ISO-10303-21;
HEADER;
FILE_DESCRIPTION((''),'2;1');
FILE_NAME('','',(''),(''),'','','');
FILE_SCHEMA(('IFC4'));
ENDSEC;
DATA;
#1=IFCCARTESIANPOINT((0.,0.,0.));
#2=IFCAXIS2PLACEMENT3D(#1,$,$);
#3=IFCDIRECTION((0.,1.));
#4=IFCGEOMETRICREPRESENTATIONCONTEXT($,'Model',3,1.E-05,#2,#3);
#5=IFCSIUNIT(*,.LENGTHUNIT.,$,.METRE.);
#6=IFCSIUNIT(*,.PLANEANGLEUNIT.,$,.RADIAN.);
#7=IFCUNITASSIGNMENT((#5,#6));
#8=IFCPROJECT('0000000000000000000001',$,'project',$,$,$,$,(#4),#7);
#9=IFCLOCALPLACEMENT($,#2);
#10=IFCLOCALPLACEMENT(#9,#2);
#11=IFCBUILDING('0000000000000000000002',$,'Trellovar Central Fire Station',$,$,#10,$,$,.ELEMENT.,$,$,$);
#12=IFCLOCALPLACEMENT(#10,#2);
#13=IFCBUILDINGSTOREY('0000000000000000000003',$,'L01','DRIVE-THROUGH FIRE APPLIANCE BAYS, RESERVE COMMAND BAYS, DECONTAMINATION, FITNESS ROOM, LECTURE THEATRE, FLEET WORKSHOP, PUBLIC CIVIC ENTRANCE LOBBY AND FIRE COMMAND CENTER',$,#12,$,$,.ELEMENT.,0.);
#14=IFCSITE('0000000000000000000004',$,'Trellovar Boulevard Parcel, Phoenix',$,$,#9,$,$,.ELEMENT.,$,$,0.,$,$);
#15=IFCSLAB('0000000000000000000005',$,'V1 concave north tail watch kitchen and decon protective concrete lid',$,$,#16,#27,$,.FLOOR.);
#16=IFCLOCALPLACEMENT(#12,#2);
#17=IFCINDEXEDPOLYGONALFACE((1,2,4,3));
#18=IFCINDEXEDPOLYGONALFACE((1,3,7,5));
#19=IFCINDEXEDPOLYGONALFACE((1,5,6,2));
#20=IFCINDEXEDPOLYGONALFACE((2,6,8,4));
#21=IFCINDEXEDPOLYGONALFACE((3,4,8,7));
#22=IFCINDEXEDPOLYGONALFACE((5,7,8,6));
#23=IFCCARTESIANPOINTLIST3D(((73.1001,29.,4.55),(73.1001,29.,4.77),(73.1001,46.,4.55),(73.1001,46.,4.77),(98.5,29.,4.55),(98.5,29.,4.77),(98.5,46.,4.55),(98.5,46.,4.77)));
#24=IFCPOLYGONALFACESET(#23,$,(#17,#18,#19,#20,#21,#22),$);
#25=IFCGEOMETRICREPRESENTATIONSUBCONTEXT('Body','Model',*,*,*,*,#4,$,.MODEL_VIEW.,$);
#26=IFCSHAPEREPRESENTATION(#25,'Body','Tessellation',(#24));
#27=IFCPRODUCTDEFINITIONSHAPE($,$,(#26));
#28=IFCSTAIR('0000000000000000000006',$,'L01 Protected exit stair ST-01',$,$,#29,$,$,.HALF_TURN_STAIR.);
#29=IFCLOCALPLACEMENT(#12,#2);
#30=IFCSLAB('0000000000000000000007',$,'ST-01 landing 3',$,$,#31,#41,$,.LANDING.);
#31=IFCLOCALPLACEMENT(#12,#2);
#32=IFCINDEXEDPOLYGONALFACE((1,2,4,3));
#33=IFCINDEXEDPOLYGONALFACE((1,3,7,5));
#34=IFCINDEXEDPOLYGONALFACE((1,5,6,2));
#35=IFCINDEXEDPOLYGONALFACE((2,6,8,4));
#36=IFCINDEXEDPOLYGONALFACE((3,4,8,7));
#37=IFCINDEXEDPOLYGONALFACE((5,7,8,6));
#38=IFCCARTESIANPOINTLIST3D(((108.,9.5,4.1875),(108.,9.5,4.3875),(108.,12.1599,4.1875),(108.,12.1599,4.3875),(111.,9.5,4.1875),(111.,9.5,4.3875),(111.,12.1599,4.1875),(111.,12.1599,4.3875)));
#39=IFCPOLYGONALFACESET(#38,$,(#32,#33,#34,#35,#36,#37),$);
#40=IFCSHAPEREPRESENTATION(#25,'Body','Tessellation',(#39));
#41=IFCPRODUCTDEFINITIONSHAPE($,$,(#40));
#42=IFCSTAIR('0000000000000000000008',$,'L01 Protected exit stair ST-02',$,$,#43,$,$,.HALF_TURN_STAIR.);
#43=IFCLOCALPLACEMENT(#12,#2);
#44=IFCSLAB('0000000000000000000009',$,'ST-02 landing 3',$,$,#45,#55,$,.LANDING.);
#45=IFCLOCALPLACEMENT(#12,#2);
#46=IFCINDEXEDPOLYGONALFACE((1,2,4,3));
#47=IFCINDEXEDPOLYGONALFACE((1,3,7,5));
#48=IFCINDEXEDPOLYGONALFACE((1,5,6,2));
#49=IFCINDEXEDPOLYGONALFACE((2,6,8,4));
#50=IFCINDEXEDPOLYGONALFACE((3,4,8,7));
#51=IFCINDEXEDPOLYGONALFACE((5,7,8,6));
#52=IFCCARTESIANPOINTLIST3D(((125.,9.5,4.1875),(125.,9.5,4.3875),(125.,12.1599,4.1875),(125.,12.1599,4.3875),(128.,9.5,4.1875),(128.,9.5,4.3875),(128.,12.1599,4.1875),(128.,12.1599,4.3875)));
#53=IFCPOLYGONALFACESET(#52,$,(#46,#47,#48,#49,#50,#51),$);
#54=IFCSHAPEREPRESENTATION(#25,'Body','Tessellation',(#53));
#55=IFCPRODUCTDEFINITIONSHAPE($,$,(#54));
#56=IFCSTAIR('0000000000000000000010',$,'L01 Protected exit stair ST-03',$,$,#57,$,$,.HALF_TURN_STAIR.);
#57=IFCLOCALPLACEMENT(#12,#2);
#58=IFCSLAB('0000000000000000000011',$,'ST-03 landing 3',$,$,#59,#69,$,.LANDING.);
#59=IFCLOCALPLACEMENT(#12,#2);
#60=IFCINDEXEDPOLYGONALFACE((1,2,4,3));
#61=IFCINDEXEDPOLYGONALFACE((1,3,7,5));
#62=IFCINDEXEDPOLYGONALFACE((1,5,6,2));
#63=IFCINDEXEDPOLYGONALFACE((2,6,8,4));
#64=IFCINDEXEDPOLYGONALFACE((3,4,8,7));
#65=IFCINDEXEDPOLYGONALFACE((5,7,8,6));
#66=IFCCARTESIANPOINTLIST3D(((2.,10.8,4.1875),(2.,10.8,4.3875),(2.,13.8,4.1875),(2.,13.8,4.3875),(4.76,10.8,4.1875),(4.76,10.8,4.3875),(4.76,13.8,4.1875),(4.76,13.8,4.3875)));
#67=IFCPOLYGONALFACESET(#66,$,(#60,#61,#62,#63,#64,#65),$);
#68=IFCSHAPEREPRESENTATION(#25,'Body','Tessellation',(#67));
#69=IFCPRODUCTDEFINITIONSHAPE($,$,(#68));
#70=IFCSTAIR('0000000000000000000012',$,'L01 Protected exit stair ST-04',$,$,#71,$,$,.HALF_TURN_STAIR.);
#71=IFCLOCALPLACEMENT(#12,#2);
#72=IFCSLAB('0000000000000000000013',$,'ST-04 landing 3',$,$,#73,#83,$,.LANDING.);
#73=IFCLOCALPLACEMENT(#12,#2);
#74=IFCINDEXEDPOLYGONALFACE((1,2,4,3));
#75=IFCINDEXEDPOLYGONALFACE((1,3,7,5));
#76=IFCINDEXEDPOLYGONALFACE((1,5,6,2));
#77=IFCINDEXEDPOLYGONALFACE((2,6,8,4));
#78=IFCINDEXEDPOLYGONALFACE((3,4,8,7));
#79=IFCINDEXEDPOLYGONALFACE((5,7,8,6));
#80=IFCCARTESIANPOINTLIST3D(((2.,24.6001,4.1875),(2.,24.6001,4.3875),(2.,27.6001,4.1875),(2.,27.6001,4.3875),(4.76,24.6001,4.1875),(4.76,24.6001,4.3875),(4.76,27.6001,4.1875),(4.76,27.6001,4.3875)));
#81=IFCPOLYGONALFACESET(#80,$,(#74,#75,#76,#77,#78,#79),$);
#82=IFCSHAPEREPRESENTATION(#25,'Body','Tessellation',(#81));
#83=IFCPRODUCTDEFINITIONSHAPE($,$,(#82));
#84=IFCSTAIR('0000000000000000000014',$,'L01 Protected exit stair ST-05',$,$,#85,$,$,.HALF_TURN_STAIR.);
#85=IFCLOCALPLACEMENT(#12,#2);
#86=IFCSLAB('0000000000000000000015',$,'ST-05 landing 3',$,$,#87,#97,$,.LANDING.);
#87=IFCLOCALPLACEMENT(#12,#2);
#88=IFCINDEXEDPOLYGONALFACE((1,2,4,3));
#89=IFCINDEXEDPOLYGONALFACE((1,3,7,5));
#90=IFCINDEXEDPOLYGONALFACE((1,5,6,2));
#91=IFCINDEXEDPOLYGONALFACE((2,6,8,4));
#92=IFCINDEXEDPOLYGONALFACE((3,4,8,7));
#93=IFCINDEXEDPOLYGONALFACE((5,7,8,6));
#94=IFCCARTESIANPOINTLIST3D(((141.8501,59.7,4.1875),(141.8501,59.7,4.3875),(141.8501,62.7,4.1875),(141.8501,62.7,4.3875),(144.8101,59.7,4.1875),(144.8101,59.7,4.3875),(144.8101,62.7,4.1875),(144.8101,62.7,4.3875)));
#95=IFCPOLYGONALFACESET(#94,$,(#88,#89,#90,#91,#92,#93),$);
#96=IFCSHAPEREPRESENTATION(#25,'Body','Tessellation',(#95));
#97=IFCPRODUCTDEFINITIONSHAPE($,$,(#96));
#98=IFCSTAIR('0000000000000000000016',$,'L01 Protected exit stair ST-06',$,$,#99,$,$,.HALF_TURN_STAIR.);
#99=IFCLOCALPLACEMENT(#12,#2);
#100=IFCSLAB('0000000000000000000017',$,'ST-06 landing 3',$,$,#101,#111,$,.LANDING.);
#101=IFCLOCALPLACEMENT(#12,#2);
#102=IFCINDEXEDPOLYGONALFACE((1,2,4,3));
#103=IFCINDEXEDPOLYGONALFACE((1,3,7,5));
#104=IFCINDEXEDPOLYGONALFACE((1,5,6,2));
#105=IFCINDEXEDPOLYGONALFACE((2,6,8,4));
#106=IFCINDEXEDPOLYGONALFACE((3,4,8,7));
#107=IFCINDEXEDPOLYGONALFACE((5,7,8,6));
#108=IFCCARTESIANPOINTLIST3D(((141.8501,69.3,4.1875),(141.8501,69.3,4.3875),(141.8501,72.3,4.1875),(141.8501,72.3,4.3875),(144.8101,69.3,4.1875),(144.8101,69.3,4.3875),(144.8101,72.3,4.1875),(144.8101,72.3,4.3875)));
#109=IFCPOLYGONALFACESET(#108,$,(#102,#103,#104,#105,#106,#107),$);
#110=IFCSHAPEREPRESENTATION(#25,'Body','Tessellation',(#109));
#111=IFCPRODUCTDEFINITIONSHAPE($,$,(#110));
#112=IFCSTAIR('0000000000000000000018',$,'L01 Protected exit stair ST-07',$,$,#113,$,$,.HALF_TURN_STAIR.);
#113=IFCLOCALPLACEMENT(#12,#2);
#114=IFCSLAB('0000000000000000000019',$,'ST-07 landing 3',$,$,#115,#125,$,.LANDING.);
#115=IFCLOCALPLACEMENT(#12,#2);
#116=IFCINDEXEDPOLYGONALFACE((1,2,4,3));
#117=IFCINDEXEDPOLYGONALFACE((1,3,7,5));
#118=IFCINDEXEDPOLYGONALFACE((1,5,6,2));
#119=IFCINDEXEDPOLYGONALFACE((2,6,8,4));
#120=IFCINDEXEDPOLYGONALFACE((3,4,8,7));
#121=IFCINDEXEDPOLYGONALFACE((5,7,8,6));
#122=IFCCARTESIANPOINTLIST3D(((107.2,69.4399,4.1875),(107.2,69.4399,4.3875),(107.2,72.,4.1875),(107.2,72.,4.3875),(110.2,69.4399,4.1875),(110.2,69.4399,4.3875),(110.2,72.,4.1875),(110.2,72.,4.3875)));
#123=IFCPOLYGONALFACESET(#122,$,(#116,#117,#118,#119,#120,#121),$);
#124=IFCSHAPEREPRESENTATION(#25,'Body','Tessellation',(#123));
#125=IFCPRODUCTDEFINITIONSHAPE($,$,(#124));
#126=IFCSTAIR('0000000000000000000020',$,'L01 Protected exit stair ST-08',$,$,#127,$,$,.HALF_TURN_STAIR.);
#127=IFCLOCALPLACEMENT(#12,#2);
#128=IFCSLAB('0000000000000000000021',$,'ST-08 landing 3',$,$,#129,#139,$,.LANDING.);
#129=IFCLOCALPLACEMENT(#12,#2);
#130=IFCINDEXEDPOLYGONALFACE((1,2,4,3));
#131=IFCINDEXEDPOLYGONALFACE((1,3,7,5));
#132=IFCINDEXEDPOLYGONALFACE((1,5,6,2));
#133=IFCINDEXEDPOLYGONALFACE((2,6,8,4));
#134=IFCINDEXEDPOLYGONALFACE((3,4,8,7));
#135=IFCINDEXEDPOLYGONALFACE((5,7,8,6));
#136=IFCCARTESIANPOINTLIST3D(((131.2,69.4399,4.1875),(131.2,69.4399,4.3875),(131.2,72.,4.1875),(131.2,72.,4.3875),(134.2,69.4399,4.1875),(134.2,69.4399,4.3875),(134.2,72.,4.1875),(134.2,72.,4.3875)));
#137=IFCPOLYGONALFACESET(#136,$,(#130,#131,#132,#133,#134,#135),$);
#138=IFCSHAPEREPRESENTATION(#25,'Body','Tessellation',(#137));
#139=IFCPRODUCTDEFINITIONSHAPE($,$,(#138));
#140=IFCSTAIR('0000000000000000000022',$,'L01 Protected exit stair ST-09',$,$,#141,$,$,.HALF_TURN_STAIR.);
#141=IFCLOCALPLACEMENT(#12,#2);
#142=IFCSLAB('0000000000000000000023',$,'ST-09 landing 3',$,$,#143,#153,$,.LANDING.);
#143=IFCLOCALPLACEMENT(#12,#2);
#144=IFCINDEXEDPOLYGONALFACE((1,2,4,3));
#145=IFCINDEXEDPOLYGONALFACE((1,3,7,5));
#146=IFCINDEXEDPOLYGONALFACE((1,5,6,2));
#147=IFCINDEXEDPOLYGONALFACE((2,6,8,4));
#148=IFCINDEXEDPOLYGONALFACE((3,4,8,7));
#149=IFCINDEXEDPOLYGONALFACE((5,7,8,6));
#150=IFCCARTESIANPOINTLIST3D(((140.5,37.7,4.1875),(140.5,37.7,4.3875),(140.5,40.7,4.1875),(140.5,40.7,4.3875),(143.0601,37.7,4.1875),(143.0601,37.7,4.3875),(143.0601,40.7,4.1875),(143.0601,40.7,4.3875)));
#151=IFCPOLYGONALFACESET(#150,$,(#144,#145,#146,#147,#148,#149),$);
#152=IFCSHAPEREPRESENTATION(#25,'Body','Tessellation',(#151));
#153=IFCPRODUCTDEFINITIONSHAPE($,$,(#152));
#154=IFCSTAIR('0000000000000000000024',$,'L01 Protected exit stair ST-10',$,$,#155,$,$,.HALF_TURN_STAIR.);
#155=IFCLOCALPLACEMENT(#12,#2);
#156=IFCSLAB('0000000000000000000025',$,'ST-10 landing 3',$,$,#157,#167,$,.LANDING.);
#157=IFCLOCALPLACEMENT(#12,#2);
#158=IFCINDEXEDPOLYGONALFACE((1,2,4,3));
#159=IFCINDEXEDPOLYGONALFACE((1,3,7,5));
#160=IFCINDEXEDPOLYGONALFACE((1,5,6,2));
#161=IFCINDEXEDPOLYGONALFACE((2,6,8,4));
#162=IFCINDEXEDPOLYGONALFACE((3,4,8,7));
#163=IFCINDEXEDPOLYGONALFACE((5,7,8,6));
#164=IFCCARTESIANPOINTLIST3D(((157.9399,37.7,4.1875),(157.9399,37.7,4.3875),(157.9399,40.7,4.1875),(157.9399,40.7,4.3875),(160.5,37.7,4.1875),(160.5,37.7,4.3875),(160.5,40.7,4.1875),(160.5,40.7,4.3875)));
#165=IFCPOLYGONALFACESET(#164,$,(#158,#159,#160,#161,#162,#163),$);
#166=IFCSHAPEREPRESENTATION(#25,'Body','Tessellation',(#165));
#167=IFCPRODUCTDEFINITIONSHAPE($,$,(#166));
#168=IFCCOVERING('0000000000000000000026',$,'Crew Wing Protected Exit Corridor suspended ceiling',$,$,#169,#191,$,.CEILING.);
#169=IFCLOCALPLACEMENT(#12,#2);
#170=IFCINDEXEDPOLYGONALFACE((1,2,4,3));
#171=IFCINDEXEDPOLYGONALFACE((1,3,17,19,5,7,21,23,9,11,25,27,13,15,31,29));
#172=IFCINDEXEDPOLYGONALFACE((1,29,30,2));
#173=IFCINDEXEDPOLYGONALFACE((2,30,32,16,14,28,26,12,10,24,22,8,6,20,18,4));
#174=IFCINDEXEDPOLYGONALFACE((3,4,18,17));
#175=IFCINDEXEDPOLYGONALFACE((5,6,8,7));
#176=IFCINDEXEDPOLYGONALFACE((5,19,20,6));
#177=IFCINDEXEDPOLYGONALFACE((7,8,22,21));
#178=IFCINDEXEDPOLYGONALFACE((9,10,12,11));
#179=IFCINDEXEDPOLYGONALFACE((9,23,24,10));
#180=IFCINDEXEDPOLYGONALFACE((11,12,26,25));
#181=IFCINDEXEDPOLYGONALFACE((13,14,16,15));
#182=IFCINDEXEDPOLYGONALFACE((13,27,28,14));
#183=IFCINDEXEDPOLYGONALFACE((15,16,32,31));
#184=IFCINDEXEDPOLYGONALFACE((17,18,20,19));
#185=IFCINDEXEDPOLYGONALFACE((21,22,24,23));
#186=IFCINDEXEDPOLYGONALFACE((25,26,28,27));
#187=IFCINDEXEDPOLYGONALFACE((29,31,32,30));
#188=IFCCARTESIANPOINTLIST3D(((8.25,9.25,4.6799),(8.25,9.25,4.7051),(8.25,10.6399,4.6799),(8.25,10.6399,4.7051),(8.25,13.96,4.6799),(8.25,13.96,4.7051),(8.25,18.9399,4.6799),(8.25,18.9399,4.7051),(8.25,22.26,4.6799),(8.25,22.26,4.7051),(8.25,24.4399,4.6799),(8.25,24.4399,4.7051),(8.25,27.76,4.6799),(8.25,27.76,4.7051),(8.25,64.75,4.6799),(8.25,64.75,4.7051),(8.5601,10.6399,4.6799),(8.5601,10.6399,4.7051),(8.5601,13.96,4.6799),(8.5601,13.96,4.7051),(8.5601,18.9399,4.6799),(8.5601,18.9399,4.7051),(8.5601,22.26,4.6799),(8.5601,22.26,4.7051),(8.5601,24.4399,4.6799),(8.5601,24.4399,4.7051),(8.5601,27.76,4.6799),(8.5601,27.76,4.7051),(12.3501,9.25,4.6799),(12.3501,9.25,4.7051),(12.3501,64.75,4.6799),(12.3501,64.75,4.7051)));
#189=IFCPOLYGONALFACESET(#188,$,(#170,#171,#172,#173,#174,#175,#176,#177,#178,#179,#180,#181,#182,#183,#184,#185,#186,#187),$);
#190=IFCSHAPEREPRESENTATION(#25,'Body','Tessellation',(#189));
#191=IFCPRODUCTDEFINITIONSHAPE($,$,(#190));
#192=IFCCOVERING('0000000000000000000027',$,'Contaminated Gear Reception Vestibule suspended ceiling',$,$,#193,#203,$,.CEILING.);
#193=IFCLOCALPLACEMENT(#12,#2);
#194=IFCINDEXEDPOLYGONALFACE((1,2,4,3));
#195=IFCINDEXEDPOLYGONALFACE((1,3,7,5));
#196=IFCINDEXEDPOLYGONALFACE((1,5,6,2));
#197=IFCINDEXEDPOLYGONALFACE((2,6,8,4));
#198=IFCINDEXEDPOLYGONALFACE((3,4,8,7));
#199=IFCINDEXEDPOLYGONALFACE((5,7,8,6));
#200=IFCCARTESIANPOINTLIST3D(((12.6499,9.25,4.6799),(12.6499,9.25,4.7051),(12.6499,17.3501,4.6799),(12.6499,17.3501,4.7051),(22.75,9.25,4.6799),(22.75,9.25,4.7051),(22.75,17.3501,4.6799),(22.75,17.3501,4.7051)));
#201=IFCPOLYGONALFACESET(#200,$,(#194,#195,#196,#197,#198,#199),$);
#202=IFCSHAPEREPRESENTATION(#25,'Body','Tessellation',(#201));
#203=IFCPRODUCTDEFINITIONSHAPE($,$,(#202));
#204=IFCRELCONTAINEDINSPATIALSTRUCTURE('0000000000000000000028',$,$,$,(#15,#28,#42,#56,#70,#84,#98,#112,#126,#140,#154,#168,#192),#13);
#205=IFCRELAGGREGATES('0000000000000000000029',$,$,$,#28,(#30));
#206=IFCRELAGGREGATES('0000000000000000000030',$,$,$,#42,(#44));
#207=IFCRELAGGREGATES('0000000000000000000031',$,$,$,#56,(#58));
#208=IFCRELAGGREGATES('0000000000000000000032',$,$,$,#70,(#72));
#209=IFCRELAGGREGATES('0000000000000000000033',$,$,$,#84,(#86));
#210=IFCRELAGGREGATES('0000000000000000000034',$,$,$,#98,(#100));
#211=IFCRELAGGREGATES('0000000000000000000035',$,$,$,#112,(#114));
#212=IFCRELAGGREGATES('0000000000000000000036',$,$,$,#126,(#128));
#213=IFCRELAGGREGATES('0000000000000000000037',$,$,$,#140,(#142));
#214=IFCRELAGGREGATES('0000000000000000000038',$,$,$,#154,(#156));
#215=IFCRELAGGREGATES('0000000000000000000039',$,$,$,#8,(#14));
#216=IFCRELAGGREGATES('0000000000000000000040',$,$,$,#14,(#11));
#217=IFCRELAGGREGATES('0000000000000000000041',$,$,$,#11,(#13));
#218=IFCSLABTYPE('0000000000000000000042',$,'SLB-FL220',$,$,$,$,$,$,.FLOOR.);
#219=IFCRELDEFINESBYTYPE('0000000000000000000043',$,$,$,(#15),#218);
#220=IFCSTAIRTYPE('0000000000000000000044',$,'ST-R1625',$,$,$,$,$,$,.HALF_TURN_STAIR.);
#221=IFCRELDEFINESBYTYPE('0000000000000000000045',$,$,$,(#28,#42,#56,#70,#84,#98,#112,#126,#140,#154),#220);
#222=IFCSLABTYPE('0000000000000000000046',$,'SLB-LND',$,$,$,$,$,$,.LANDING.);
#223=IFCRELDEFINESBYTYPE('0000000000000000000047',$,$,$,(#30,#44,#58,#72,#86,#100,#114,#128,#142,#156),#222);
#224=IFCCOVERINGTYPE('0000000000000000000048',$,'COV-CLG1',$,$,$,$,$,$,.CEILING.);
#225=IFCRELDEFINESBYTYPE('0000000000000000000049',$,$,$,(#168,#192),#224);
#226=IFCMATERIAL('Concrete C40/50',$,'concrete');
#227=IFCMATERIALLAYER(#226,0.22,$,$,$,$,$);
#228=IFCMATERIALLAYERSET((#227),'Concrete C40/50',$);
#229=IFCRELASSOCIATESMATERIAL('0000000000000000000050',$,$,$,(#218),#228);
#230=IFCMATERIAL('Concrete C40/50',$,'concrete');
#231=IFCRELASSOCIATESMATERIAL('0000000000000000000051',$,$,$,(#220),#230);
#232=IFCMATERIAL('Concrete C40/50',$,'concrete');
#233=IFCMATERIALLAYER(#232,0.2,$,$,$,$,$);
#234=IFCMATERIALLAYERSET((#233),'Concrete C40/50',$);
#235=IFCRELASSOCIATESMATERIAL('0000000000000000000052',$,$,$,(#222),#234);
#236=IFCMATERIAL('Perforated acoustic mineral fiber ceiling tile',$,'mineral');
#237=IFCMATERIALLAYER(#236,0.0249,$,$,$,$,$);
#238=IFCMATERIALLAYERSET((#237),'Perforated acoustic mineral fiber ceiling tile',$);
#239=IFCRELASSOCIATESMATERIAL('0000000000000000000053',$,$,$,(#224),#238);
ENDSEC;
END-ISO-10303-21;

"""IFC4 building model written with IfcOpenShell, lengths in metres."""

from ifc_helpers import new_model, si_unit, direction, frame, origin, place, context, subcontext, project, spatial, polyline, outline, extrude, material, layer, layer_set, type_object, element, aggregate, save


model = new_model("IFC4")

# Units and contexts
model_context = context("Model", 3, precision=1e-05, world=origin(), true_north=direction((0.0, 1.0)))
body_context = subcontext(model_context, "Body", "Model", "MODEL_VIEW")
ifc_project = project(units=[si_unit("LENGTHUNIT", "METRE"), si_unit("PLANEANGLEUNIT", "RADIAN")], contexts=[model_context])

# Site, building, storey
site_placement = place(None, origin())
site = spatial("IfcSite", under=ifc_project, at=site_placement, Name="Trellovar Boulevard Parcel, Phoenix", CompositionType="ELEMENT", RefElevation=0.0)
building_placement = place(site_placement, origin())
building = spatial("IfcBuilding", under=site, at=building_placement, Name="Trellovar Central Fire Station", CompositionType="ELEMENT")
storey_placement = place(building_placement, origin())
storey = spatial("IfcBuildingStorey", under=building, at=storey_placement, Name="L01", Description="DRIVE-THROUGH FIRE APPLIANCE BAYS, RESERVE COMMAND BAYS, DECONTAMINATION, FITNESS ROOM, LECTURE THEATRE, FLEET WORKSHOP, PUBLIC CIVIC ENTRANCE LOBBY AND FIRE COMMAND CENTER", CompositionType="ELEMENT", Elevation=0.0)

# Slab
ifc_material_1 = material(Name="Concrete C40/50", Category="concrete")
ifc_layer_1 = layer(ifc_material_1, 0.22)
ifc_layer_set_1 = layer_set([ifc_layer_1], Name="Concrete C40/50")
slab_type_1 = type_object("IfcSlabType", Name="SLB-FL220", PredefinedType="FLOOR", material=ifc_layer_set_1)
slab_1_placement = place(storey_placement, frame((0.0, 0.0, 4.55)))
element("IfcSlab", 1, at=slab_1_placement, inside=storey, type_object=slab_type_1, Name="V1 concave north tail watch kitchen and decon protective concrete lid", PredefinedType="FLOOR", context=body_context, shape_type="SweptSolid", body=[
    extrude(outline(polyline([(73.1001, 29.0), (98.5, 29.0), (98.5, 46.0), (73.1001, 46.0), (73.1001, 29.0)])), origin(), (0.0, 0.0, 1.0), 0.22),
])

# Stairs, slabs
ifc_material_2 = material(Name="Concrete C40/50", Category="concrete")
stair_type = type_object("IfcStairType", Name="ST-R1625", PredefinedType="HALF_TURN_STAIR", material=ifc_material_2)
stair_1_placement = place(storey_placement, origin())
stair_1 = element("IfcStair", 2, at=stair_1_placement, inside=storey, type_object=stair_type, Name="L01 Protected exit stair ST-01", PredefinedType="HALF_TURN_STAIR")
ifc_material_3 = material(Name="Concrete C40/50", Category="concrete")
ifc_layer_2 = layer(ifc_material_3, 0.2)
ifc_layer_set_2 = layer_set([ifc_layer_2], Name="Concrete C40/50")
slab_type_2 = type_object("IfcSlabType", Name="SLB-LND", PredefinedType="LANDING", material=ifc_layer_set_2)
slab_2_placement = place(storey_placement, frame((0.0, 0.0, 4.1875)))
slab_2 = element("IfcSlab", 3, at=slab_2_placement, type_object=slab_type_2, Name="ST-01 landing 3", PredefinedType="LANDING", context=body_context, shape_type="SweptSolid", body=[
    extrude(outline(polyline([(108.0, 12.1599), (108.0, 9.5), (111.0, 9.5), (111.0, 12.1599), (108.0, 12.1599)])), origin(), (0.0, 0.0, 1.0), 0.2),
])
aggregate(stair_1, [slab_2])
stair_2_placement = place(storey_placement, origin())
stair_2 = element("IfcStair", 4, at=stair_2_placement, inside=storey, type_object=stair_type, Name="L01 Protected exit stair ST-02", PredefinedType="HALF_TURN_STAIR")
slab_3_placement = place(storey_placement, frame((0.0, 0.0, 4.1875)))
slab_3 = element("IfcSlab", 5, at=slab_3_placement, type_object=slab_type_2, Name="ST-02 landing 3", PredefinedType="LANDING", context=body_context, shape_type="SweptSolid", body=[
    extrude(outline(polyline([(125.0, 12.1599), (125.0, 9.5), (128.0, 9.5), (128.0, 12.1599), (125.0, 12.1599)])), origin(), (0.0, 0.0, 1.0), 0.2),
])
aggregate(stair_2, [slab_3])
stair_3_placement = place(storey_placement, origin())
stair_3 = element("IfcStair", 6, at=stair_3_placement, inside=storey, type_object=stair_type, Name="L01 Protected exit stair ST-03", PredefinedType="HALF_TURN_STAIR")
slab_4_placement = place(storey_placement, frame((0.0, 0.0, 4.1875)))
slab_4 = element("IfcSlab", 7, at=slab_4_placement, type_object=slab_type_2, Name="ST-03 landing 3", PredefinedType="LANDING", context=body_context, shape_type="SweptSolid", body=[
    extrude(outline(polyline([(4.76, 13.8), (2.0, 13.8), (2.0, 10.8), (4.76, 10.8), (4.76, 13.8)])), origin(), (0.0, 0.0, 1.0), 0.2),
])
aggregate(stair_3, [slab_4])
stair_4_placement = place(storey_placement, origin())
stair_4 = element("IfcStair", 8, at=stair_4_placement, inside=storey, type_object=stair_type, Name="L01 Protected exit stair ST-04", PredefinedType="HALF_TURN_STAIR")
slab_5_placement = place(storey_placement, frame((0.0, 0.0, 4.1875)))
slab_5 = element("IfcSlab", 9, at=slab_5_placement, type_object=slab_type_2, Name="ST-04 landing 3", PredefinedType="LANDING", context=body_context, shape_type="SweptSolid", body=[
    extrude(outline(polyline([(4.76, 27.6001), (2.0, 27.6001), (2.0, 24.6001), (4.76, 24.6001), (4.76, 27.6001)])), origin(), (0.0, 0.0, 1.0), 0.2),
])
aggregate(stair_4, [slab_5])
stair_5_placement = place(storey_placement, origin())
stair_5 = element("IfcStair", 10, at=stair_5_placement, inside=storey, type_object=stair_type, Name="L01 Protected exit stair ST-05", PredefinedType="HALF_TURN_STAIR")
slab_6_placement = place(storey_placement, frame((0.0, 0.0, 4.1875)))
slab_6 = element("IfcSlab", 11, at=slab_6_placement, type_object=slab_type_2, Name="ST-05 landing 3", PredefinedType="LANDING", context=body_context, shape_type="SweptSolid", body=[
    extrude(outline(polyline([(144.8101, 62.7), (141.8501, 62.7), (141.8501, 59.7), (144.8101, 59.7), (144.8101, 62.7)])), origin(), (0.0, 0.0, 1.0), 0.2),
])
aggregate(stair_5, [slab_6])
stair_6_placement = place(storey_placement, origin())
stair_6 = element("IfcStair", 12, at=stair_6_placement, inside=storey, type_object=stair_type, Name="L01 Protected exit stair ST-06", PredefinedType="HALF_TURN_STAIR")
slab_7_placement = place(storey_placement, frame((0.0, 0.0, 4.1875)))
slab_7 = element("IfcSlab", 13, at=slab_7_placement, type_object=slab_type_2, Name="ST-06 landing 3", PredefinedType="LANDING", context=body_context, shape_type="SweptSolid", body=[
    extrude(outline(polyline([(144.8101, 72.3), (141.8501, 72.3), (141.8501, 69.3), (144.8101, 69.3), (144.8101, 72.3)])), origin(), (0.0, 0.0, 1.0), 0.2),
])
aggregate(stair_6, [slab_7])
stair_7_placement = place(storey_placement, origin())
stair_7 = element("IfcStair", 14, at=stair_7_placement, inside=storey, type_object=stair_type, Name="L01 Protected exit stair ST-07", PredefinedType="HALF_TURN_STAIR")
slab_8_placement = place(storey_placement, frame((0.0, 0.0, 4.1875)))
slab_8 = element("IfcSlab", 15, at=slab_8_placement, type_object=slab_type_2, Name="ST-07 landing 3", PredefinedType="LANDING", context=body_context, shape_type="SweptSolid", body=[
    extrude(outline(polyline([(110.2, 69.4399), (110.2, 72.0), (107.2, 72.0), (107.2, 69.4399), (110.2, 69.4399)])), origin(), (0.0, 0.0, 1.0), 0.2),
])
aggregate(stair_7, [slab_8])
stair_8_placement = place(storey_placement, origin())
stair_8 = element("IfcStair", 16, at=stair_8_placement, inside=storey, type_object=stair_type, Name="L01 Protected exit stair ST-08", PredefinedType="HALF_TURN_STAIR")
slab_9_placement = place(storey_placement, frame((0.0, 0.0, 4.1875)))
slab_9 = element("IfcSlab", 17, at=slab_9_placement, type_object=slab_type_2, Name="ST-08 landing 3", PredefinedType="LANDING", context=body_context, shape_type="SweptSolid", body=[
    extrude(outline(polyline([(134.2, 69.4399), (134.2, 72.0), (131.2, 72.0), (131.2, 69.4399), (134.2, 69.4399)])), origin(), (0.0, 0.0, 1.0), 0.2),
])
aggregate(stair_8, [slab_9])
stair_9_placement = place(storey_placement, origin())
stair_9 = element("IfcStair", 18, at=stair_9_placement, inside=storey, type_object=stair_type, Name="L01 Protected exit stair ST-09", PredefinedType="HALF_TURN_STAIR")
slab_10_placement = place(storey_placement, frame((0.0, 0.0, 4.1875)))
slab_10 = element("IfcSlab", 19, at=slab_10_placement, type_object=slab_type_2, Name="ST-09 landing 3", PredefinedType="LANDING", context=body_context, shape_type="SweptSolid", body=[
    extrude(outline(polyline([(143.0601, 40.7), (140.5, 40.7), (140.5, 37.7), (143.0601, 37.7), (143.0601, 40.7)])), origin(), (0.0, 0.0, 1.0), 0.2),
])
aggregate(stair_9, [slab_10])
stair_10_placement = place(storey_placement, origin())
stair_10 = element("IfcStair", 20, at=stair_10_placement, inside=storey, type_object=stair_type, Name="L01 Protected exit stair ST-10", PredefinedType="HALF_TURN_STAIR")
slab_11_placement = place(storey_placement, frame((0.0, 0.0, 4.1875)))
slab_11 = element("IfcSlab", 21, at=slab_11_placement, type_object=slab_type_2, Name="ST-10 landing 3", PredefinedType="LANDING", context=body_context, shape_type="SweptSolid", body=[
    extrude(outline(polyline([(157.9399, 37.7), (160.5, 37.7), (160.5, 40.7), (157.9399, 40.7), (157.9399, 37.7)])), origin(), (0.0, 0.0, 1.0), 0.2),
])
aggregate(stair_10, [slab_11])

# Coverings
ifc_material_4 = material(Name="Perforated acoustic mineral fiber ceiling tile", Category="mineral")
ifc_layer_3 = layer(ifc_material_4, 0.0249)
ifc_layer_set_3 = layer_set([ifc_layer_3], Name="Perforated acoustic mineral fiber ceiling tile")
covering_type_1 = type_object("IfcCoveringType", Name="COV-CLG1", PredefinedType="CEILING", material=ifc_layer_set_3)
covering_1_placement = place(storey_placement, frame((0.0, 0.0, 4.6799)))
element("IfcCovering", 22, at=covering_1_placement, inside=storey, type_object=covering_type_1, Name="Crew Wing Protected Exit Corridor suspended ceiling", PredefinedType="CEILING", context=body_context, shape_type="SweptSolid", body=[
    extrude(outline(polyline([(12.3501, 9.25), (8.25, 9.25), (8.25, 10.6399), (8.5601, 10.6399), (8.5601, 13.96), (8.25, 13.96), (8.25, 18.9399), (8.5601, 18.9399), (8.5601, 22.26), (8.25, 22.26), (8.25, 24.4399), (8.5601, 24.4399), (8.5601, 27.76), (8.25, 27.76), (8.25, 64.75), (12.3501, 64.75), (12.3501, 9.25)])), origin(), (0.0, 0.0, 1.0), 0.0251),
])
covering_2_placement = place(storey_placement, frame((0.0, 0.0, 4.6799)))
element("IfcCovering", 23, at=covering_2_placement, inside=storey, type_object=covering_type_1, Name="Contaminated Gear Reception Vestibule suspended ceiling", PredefinedType="CEILING", context=body_context, shape_type="SweptSolid", body=[
    extrude(outline(polyline([(22.75, 9.25), (12.6499, 9.25), (12.6499, 17.3501), (22.75, 17.3501), (22.75, 9.25)])), origin(), (0.0, 0.0, 1.0), 0.0251),
])

save(model, "model.ifc")
